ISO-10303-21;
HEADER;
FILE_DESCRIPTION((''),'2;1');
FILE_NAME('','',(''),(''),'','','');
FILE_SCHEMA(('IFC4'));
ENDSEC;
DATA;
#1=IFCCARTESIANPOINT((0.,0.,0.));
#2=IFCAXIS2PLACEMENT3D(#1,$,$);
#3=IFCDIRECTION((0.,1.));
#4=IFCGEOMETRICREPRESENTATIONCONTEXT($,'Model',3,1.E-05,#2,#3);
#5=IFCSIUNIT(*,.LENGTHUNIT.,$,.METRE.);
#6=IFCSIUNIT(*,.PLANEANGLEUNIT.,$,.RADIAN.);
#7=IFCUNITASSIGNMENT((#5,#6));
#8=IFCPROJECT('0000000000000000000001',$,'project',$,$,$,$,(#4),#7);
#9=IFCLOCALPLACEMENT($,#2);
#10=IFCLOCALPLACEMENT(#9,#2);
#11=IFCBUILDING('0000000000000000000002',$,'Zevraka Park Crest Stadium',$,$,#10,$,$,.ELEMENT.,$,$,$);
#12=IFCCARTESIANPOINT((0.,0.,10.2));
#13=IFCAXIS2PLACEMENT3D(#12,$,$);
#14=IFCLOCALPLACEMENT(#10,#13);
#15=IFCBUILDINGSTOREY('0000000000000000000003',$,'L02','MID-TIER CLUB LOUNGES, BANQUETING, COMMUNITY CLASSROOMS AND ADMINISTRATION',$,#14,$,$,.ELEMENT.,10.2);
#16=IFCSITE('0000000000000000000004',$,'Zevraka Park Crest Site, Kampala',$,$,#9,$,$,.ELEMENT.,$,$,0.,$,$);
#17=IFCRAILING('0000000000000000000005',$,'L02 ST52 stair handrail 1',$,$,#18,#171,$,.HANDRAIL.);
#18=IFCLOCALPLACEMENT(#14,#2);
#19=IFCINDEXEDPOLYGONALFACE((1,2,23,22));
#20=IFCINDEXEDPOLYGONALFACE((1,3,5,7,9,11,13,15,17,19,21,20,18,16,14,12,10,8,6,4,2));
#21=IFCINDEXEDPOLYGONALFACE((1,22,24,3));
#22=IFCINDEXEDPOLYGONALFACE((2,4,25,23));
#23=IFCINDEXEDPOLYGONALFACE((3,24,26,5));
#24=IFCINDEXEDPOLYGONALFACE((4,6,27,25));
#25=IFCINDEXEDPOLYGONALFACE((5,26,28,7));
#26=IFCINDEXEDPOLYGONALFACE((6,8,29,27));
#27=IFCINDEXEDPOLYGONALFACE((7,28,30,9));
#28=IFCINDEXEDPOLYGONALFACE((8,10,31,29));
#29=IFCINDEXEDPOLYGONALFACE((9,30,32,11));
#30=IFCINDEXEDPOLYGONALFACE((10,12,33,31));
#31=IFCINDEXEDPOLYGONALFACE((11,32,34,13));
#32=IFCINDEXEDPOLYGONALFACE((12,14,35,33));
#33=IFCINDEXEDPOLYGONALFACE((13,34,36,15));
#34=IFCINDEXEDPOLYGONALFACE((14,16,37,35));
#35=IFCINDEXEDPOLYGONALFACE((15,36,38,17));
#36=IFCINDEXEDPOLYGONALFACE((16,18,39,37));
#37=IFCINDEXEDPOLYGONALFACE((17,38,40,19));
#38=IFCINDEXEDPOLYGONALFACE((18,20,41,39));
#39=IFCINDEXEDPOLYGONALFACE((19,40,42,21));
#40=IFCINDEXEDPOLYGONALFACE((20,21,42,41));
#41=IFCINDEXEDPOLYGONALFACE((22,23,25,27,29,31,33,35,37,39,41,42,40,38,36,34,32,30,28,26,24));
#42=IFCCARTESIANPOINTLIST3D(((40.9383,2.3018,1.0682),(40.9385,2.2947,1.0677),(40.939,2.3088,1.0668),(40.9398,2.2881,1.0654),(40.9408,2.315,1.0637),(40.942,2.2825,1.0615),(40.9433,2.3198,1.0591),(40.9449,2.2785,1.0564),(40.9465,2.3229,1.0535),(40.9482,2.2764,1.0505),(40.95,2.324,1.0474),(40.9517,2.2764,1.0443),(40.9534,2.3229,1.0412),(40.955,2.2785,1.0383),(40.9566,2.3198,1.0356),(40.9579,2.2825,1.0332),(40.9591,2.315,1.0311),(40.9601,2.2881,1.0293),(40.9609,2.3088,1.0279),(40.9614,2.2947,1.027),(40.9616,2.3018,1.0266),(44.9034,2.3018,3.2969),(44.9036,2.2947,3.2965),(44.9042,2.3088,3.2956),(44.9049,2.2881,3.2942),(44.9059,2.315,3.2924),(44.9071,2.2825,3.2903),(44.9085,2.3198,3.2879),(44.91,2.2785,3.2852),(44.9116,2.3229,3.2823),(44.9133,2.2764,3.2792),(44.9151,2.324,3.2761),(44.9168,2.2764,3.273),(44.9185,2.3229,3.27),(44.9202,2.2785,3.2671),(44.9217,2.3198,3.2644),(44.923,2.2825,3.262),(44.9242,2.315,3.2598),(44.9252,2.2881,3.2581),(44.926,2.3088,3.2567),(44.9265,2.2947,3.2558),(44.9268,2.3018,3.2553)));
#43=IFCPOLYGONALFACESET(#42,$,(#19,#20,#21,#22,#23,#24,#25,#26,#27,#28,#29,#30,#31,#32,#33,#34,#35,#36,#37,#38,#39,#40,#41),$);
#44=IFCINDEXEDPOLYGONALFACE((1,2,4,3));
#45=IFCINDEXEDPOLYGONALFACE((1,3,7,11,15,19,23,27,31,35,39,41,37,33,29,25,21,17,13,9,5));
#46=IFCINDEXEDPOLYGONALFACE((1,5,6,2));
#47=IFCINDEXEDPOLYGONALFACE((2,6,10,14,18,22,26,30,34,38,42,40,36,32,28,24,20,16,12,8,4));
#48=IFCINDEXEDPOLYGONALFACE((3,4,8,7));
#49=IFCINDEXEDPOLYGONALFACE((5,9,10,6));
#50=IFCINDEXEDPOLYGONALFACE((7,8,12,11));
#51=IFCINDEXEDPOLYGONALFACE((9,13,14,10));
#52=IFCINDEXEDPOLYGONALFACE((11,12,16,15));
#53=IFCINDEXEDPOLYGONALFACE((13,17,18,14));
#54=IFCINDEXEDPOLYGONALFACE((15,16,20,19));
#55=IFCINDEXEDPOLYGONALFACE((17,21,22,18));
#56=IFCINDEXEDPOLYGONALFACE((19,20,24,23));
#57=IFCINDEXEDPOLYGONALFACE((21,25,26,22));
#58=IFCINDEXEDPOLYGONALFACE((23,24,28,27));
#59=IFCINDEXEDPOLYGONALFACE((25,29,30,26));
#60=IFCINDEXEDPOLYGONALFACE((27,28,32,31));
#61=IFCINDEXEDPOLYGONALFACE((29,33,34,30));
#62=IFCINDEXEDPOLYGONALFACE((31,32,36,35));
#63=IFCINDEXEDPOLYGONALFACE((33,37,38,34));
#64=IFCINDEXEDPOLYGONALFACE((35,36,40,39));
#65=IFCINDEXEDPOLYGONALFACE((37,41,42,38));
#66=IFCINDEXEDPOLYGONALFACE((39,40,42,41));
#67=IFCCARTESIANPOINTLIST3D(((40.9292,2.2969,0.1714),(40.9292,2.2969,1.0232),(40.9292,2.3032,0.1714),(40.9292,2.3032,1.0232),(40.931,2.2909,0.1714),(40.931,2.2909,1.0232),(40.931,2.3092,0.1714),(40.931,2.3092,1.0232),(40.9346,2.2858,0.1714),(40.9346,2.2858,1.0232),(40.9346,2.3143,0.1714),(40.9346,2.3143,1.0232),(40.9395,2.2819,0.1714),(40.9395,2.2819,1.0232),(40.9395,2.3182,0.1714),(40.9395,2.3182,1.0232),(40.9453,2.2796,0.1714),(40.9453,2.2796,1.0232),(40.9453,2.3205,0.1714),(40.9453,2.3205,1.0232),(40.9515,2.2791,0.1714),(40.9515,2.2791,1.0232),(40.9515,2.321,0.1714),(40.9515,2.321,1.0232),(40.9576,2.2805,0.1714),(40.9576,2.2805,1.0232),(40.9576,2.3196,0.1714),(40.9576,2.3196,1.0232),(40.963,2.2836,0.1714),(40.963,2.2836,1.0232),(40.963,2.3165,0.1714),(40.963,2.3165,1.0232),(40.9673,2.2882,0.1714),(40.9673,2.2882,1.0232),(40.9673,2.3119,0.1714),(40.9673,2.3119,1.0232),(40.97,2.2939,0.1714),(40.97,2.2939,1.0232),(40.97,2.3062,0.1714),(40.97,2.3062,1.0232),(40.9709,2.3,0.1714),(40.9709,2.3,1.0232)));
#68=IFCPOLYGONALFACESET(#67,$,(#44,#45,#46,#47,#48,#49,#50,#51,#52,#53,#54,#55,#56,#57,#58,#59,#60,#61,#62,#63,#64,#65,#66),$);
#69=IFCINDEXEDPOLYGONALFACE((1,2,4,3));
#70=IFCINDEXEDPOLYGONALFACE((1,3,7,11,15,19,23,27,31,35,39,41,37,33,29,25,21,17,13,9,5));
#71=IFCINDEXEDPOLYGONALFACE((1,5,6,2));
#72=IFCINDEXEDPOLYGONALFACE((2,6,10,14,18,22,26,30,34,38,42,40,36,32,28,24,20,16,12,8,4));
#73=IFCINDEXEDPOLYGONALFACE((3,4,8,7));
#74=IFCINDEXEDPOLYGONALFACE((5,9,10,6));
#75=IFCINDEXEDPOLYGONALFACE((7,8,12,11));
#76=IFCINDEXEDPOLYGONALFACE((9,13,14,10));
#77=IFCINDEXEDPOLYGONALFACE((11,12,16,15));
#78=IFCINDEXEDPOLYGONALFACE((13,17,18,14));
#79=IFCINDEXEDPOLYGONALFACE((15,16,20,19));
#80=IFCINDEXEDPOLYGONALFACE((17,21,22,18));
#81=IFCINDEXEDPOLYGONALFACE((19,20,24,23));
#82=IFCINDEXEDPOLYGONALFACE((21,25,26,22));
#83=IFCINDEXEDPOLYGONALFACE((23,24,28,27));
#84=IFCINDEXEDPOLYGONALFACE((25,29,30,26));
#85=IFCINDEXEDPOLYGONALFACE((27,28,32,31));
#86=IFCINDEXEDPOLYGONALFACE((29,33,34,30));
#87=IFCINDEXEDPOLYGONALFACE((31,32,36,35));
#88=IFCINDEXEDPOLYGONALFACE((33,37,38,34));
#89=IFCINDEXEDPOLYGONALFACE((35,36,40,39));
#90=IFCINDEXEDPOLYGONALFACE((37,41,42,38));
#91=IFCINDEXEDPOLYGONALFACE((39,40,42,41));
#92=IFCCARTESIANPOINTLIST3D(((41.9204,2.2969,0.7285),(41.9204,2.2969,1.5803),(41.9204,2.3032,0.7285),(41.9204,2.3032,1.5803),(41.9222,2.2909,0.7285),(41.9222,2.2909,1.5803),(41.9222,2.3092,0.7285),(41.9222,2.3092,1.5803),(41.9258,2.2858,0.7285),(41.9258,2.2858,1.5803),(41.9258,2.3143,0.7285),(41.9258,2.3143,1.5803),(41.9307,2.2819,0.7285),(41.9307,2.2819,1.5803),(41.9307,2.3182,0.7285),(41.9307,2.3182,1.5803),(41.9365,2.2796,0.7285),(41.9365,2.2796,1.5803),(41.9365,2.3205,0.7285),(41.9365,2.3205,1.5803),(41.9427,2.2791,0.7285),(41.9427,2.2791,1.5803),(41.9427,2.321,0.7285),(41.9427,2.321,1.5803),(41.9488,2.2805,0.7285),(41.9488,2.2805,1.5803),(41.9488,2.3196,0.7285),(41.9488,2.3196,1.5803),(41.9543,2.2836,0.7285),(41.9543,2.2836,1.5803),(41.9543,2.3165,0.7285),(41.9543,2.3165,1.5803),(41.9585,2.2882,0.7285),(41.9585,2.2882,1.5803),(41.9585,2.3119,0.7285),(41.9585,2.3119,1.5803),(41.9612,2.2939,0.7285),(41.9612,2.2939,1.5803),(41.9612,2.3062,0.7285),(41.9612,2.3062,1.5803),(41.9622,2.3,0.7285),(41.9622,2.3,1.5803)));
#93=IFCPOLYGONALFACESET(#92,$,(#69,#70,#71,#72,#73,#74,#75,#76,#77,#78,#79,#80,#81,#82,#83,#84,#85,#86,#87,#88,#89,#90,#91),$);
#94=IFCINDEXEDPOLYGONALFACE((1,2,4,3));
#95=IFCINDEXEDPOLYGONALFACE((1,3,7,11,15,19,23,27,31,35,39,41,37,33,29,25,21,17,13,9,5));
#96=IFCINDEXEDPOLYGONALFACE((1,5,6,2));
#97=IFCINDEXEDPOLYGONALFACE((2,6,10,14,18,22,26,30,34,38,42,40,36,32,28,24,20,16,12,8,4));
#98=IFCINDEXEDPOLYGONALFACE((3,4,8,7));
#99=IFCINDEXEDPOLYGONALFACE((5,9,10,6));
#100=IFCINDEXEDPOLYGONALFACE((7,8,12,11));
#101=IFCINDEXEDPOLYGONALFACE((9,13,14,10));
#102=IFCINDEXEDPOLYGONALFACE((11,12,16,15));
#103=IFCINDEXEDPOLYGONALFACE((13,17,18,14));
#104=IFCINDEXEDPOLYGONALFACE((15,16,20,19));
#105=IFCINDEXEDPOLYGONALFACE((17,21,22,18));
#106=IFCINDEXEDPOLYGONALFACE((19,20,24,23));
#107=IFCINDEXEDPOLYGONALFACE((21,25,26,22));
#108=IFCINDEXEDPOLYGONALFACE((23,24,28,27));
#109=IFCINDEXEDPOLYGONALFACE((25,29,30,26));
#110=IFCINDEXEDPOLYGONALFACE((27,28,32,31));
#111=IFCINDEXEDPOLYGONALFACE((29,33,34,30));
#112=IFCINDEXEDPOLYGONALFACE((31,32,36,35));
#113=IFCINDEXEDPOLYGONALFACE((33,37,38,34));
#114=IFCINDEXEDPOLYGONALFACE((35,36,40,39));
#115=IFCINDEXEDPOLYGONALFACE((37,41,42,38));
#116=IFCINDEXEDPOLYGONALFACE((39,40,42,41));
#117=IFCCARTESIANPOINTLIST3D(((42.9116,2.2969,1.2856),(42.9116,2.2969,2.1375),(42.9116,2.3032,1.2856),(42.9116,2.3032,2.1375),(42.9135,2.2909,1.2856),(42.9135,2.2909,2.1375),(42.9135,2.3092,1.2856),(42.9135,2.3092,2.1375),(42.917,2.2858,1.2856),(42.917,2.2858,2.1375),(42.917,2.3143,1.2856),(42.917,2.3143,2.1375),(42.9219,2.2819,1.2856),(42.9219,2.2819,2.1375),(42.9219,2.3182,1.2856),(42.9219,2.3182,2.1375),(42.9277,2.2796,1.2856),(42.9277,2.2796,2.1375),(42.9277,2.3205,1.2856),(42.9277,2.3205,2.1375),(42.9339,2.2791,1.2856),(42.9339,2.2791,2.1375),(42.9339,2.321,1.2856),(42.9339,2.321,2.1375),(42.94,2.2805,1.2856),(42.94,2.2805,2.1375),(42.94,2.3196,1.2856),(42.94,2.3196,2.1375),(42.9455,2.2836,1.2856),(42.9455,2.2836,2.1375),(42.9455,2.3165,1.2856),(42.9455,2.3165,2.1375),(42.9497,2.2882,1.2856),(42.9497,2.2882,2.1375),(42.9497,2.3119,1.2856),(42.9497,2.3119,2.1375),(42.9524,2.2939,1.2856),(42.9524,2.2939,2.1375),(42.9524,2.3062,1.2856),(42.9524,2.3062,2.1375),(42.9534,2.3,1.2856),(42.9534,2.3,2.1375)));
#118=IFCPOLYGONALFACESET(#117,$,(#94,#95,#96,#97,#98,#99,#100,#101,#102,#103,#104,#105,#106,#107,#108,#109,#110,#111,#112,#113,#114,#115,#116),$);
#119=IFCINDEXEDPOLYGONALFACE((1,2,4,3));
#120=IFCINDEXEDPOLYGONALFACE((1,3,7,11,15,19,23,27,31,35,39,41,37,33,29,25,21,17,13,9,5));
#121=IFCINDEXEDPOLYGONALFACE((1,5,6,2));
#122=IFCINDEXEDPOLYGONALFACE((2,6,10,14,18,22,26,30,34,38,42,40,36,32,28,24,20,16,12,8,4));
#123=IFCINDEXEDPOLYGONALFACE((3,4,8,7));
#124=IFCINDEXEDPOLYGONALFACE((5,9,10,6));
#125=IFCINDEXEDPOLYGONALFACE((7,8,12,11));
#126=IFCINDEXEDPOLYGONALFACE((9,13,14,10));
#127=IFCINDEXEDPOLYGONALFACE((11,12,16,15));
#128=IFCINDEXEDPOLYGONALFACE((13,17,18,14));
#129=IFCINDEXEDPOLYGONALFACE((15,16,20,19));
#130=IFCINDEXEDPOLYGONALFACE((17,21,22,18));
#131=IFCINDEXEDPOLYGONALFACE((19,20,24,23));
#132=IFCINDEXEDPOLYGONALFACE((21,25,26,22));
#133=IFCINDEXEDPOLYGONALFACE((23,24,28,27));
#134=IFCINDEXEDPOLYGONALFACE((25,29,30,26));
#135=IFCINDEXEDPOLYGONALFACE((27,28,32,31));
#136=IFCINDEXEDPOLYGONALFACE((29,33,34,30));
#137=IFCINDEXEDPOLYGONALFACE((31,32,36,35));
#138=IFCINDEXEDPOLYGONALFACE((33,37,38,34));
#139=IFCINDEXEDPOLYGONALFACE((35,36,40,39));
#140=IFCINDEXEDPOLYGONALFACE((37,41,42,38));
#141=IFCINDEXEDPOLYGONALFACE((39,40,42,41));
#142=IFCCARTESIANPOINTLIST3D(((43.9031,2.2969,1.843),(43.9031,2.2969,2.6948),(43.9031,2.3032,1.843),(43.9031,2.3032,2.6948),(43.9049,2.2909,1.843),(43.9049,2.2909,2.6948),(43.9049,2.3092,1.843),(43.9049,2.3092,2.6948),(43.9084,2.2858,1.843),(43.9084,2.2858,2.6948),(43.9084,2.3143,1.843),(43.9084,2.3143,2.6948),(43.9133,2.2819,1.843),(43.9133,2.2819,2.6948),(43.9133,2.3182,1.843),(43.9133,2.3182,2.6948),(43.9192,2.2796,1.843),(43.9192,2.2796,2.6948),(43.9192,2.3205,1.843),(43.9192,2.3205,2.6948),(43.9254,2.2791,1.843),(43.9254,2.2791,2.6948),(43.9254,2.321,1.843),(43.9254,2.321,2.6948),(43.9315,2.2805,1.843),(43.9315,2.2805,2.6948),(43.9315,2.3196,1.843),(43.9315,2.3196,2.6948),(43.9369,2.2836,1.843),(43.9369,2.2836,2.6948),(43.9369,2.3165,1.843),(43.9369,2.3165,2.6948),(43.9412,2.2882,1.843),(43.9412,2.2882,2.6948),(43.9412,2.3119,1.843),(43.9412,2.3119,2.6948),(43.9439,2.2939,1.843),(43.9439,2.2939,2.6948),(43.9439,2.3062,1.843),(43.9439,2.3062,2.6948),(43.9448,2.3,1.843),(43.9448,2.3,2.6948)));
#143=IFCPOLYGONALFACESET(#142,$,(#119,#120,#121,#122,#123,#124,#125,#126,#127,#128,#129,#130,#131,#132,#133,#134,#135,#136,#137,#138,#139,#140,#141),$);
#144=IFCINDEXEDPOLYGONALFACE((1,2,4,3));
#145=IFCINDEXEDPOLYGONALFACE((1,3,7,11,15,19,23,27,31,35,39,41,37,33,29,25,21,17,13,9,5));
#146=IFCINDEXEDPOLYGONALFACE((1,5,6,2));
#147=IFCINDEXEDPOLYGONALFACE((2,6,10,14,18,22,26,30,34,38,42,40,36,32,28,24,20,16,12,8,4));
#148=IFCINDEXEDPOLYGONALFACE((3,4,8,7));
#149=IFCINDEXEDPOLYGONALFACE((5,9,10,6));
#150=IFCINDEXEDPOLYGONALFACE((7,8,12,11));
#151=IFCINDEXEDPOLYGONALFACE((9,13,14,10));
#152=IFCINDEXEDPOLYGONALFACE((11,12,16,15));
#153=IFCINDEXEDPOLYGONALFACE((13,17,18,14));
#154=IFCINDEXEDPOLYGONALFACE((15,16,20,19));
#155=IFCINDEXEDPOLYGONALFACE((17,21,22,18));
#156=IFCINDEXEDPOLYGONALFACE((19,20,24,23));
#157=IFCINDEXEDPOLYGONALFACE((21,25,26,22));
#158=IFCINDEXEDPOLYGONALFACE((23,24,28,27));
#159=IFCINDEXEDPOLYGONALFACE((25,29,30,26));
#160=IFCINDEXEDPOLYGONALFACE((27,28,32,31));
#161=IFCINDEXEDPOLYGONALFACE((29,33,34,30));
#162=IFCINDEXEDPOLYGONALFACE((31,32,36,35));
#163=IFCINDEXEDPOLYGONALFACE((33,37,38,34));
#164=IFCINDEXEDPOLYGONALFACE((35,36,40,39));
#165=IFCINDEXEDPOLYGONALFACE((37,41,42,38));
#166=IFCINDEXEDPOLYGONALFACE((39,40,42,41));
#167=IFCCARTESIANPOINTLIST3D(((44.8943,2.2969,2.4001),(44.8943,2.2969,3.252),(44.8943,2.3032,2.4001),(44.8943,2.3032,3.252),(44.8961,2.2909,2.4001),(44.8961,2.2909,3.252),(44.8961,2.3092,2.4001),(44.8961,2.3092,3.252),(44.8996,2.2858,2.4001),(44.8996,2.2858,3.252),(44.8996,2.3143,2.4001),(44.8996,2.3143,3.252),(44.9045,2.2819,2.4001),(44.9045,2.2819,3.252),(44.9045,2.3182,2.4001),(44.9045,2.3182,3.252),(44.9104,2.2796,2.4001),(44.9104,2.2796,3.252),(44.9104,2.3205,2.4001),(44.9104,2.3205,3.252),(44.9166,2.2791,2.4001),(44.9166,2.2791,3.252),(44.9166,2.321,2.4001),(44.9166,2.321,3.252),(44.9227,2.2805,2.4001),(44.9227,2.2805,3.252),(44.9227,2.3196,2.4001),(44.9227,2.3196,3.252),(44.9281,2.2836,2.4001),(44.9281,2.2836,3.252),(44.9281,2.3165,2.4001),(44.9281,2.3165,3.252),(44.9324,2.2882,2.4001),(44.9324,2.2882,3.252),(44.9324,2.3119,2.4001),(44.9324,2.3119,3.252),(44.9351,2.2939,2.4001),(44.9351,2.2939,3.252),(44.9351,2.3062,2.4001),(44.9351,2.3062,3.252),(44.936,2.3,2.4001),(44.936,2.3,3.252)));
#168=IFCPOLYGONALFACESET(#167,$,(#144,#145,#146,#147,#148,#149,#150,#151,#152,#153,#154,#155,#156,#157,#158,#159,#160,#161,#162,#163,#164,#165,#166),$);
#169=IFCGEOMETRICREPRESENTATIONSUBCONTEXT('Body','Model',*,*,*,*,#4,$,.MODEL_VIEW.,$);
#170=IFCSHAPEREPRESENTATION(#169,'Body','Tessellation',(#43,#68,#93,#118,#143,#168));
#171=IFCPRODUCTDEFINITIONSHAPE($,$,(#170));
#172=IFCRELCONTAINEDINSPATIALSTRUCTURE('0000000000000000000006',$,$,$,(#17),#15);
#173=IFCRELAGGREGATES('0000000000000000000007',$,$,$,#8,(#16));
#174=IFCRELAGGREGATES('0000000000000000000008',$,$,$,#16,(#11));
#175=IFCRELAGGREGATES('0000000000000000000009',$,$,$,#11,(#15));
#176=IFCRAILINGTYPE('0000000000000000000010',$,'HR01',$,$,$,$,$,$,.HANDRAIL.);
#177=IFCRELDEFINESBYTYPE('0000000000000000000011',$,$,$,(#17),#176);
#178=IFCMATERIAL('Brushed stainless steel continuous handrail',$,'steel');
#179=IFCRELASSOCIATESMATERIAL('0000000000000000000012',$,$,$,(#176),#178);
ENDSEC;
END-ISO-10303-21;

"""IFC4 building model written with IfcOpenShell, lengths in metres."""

from ifc_helpers import new_model, si_unit, direction, frame, origin, origin_2d, place, context, subcontext, project, spatial, circle, extrude, material, type_object, element, save


model = new_model("IFC4")

# Units and contexts
model_context = context("Model", 3, precision=1e-05, world=origin(), true_north=direction((0.0, 1.0)))
body_context = subcontext(model_context, "Body", "Model", "MODEL_VIEW")
ifc_project = project(units=[si_unit("LENGTHUNIT", "METRE"), si_unit("PLANEANGLEUNIT", "RADIAN")], contexts=[model_context])

# Site, building, storey
site_placement = place(None, origin())
site = spatial("IfcSite", under=ifc_project, at=site_placement, Name="Zevraka Park Crest Site, Kampala", CompositionType="ELEMENT", RefElevation=0.0)
building_placement = place(site_placement, origin())
building = spatial("IfcBuilding", under=site, at=building_placement, Name="Zevraka Park Crest Stadium", CompositionType="ELEMENT")
storey_placement = place(building_placement, frame((0.0, 0.0, 10.2)))
storey = spatial("IfcBuildingStorey", under=building, at=storey_placement, Name="L02", Description="MID-TIER CLUB LOUNGES, BANQUETING, COMMUNITY CLASSROOMS AND ADMINISTRATION", CompositionType="ELEMENT", Elevation=10.2)

# Railing
ifc_material_1 = material(Name="Brushed stainless steel continuous handrail", Category="steel")
railing_type_1 = type_object("IfcRailingType", Name="HR01", PredefinedType="HANDRAIL", material=ifc_material_1)
railing_1_placement = place(storey_placement, frame((40.95, 2.3, 0.1714)))
element("IfcRailing", 1, at=railing_1_placement, inside=storey, type_object=railing_type_1, Name="L02 ST52 stair handrail 1", PredefinedType="HANDRAIL", context=body_context, shape_type="SweptSolid", body=[
    extrude(circle(Radius=0.0239, at=origin_2d()), frame((0.0, 0.0, 0.876), z_axis=(0.871726, 0.0, 0.489994), x_axis=(0.0, 1.0, 0.0)), (0.0, 0.0, 1.0), 4.5486),
    extrude(circle(Radius=0.021, at=origin_2d()), origin(), (0.0, 0.0, 1.0), 0.8518),
    extrude(circle(Radius=0.021, at=origin_2d()), frame((0.9912, 0.0, 0.5571)), (0.0, 0.0, 1.0), 0.8518),
    extrude(circle(Radius=0.021, at=origin_2d()), frame((1.9824, 0.0, 1.1143)), (0.0, 0.0, 1.0), 0.8518),
    extrude(circle(Radius=0.021, at=origin_2d()), frame((2.9739, 0.0, 1.6716)), (0.0, 0.0, 1.0), 0.8518),
    extrude(circle(Radius=0.021, at=origin_2d()), frame((3.9651, 0.0, 2.2288)), (0.0, 0.0, 1.0), 0.8518),
])

save(model, "model.ifc")
